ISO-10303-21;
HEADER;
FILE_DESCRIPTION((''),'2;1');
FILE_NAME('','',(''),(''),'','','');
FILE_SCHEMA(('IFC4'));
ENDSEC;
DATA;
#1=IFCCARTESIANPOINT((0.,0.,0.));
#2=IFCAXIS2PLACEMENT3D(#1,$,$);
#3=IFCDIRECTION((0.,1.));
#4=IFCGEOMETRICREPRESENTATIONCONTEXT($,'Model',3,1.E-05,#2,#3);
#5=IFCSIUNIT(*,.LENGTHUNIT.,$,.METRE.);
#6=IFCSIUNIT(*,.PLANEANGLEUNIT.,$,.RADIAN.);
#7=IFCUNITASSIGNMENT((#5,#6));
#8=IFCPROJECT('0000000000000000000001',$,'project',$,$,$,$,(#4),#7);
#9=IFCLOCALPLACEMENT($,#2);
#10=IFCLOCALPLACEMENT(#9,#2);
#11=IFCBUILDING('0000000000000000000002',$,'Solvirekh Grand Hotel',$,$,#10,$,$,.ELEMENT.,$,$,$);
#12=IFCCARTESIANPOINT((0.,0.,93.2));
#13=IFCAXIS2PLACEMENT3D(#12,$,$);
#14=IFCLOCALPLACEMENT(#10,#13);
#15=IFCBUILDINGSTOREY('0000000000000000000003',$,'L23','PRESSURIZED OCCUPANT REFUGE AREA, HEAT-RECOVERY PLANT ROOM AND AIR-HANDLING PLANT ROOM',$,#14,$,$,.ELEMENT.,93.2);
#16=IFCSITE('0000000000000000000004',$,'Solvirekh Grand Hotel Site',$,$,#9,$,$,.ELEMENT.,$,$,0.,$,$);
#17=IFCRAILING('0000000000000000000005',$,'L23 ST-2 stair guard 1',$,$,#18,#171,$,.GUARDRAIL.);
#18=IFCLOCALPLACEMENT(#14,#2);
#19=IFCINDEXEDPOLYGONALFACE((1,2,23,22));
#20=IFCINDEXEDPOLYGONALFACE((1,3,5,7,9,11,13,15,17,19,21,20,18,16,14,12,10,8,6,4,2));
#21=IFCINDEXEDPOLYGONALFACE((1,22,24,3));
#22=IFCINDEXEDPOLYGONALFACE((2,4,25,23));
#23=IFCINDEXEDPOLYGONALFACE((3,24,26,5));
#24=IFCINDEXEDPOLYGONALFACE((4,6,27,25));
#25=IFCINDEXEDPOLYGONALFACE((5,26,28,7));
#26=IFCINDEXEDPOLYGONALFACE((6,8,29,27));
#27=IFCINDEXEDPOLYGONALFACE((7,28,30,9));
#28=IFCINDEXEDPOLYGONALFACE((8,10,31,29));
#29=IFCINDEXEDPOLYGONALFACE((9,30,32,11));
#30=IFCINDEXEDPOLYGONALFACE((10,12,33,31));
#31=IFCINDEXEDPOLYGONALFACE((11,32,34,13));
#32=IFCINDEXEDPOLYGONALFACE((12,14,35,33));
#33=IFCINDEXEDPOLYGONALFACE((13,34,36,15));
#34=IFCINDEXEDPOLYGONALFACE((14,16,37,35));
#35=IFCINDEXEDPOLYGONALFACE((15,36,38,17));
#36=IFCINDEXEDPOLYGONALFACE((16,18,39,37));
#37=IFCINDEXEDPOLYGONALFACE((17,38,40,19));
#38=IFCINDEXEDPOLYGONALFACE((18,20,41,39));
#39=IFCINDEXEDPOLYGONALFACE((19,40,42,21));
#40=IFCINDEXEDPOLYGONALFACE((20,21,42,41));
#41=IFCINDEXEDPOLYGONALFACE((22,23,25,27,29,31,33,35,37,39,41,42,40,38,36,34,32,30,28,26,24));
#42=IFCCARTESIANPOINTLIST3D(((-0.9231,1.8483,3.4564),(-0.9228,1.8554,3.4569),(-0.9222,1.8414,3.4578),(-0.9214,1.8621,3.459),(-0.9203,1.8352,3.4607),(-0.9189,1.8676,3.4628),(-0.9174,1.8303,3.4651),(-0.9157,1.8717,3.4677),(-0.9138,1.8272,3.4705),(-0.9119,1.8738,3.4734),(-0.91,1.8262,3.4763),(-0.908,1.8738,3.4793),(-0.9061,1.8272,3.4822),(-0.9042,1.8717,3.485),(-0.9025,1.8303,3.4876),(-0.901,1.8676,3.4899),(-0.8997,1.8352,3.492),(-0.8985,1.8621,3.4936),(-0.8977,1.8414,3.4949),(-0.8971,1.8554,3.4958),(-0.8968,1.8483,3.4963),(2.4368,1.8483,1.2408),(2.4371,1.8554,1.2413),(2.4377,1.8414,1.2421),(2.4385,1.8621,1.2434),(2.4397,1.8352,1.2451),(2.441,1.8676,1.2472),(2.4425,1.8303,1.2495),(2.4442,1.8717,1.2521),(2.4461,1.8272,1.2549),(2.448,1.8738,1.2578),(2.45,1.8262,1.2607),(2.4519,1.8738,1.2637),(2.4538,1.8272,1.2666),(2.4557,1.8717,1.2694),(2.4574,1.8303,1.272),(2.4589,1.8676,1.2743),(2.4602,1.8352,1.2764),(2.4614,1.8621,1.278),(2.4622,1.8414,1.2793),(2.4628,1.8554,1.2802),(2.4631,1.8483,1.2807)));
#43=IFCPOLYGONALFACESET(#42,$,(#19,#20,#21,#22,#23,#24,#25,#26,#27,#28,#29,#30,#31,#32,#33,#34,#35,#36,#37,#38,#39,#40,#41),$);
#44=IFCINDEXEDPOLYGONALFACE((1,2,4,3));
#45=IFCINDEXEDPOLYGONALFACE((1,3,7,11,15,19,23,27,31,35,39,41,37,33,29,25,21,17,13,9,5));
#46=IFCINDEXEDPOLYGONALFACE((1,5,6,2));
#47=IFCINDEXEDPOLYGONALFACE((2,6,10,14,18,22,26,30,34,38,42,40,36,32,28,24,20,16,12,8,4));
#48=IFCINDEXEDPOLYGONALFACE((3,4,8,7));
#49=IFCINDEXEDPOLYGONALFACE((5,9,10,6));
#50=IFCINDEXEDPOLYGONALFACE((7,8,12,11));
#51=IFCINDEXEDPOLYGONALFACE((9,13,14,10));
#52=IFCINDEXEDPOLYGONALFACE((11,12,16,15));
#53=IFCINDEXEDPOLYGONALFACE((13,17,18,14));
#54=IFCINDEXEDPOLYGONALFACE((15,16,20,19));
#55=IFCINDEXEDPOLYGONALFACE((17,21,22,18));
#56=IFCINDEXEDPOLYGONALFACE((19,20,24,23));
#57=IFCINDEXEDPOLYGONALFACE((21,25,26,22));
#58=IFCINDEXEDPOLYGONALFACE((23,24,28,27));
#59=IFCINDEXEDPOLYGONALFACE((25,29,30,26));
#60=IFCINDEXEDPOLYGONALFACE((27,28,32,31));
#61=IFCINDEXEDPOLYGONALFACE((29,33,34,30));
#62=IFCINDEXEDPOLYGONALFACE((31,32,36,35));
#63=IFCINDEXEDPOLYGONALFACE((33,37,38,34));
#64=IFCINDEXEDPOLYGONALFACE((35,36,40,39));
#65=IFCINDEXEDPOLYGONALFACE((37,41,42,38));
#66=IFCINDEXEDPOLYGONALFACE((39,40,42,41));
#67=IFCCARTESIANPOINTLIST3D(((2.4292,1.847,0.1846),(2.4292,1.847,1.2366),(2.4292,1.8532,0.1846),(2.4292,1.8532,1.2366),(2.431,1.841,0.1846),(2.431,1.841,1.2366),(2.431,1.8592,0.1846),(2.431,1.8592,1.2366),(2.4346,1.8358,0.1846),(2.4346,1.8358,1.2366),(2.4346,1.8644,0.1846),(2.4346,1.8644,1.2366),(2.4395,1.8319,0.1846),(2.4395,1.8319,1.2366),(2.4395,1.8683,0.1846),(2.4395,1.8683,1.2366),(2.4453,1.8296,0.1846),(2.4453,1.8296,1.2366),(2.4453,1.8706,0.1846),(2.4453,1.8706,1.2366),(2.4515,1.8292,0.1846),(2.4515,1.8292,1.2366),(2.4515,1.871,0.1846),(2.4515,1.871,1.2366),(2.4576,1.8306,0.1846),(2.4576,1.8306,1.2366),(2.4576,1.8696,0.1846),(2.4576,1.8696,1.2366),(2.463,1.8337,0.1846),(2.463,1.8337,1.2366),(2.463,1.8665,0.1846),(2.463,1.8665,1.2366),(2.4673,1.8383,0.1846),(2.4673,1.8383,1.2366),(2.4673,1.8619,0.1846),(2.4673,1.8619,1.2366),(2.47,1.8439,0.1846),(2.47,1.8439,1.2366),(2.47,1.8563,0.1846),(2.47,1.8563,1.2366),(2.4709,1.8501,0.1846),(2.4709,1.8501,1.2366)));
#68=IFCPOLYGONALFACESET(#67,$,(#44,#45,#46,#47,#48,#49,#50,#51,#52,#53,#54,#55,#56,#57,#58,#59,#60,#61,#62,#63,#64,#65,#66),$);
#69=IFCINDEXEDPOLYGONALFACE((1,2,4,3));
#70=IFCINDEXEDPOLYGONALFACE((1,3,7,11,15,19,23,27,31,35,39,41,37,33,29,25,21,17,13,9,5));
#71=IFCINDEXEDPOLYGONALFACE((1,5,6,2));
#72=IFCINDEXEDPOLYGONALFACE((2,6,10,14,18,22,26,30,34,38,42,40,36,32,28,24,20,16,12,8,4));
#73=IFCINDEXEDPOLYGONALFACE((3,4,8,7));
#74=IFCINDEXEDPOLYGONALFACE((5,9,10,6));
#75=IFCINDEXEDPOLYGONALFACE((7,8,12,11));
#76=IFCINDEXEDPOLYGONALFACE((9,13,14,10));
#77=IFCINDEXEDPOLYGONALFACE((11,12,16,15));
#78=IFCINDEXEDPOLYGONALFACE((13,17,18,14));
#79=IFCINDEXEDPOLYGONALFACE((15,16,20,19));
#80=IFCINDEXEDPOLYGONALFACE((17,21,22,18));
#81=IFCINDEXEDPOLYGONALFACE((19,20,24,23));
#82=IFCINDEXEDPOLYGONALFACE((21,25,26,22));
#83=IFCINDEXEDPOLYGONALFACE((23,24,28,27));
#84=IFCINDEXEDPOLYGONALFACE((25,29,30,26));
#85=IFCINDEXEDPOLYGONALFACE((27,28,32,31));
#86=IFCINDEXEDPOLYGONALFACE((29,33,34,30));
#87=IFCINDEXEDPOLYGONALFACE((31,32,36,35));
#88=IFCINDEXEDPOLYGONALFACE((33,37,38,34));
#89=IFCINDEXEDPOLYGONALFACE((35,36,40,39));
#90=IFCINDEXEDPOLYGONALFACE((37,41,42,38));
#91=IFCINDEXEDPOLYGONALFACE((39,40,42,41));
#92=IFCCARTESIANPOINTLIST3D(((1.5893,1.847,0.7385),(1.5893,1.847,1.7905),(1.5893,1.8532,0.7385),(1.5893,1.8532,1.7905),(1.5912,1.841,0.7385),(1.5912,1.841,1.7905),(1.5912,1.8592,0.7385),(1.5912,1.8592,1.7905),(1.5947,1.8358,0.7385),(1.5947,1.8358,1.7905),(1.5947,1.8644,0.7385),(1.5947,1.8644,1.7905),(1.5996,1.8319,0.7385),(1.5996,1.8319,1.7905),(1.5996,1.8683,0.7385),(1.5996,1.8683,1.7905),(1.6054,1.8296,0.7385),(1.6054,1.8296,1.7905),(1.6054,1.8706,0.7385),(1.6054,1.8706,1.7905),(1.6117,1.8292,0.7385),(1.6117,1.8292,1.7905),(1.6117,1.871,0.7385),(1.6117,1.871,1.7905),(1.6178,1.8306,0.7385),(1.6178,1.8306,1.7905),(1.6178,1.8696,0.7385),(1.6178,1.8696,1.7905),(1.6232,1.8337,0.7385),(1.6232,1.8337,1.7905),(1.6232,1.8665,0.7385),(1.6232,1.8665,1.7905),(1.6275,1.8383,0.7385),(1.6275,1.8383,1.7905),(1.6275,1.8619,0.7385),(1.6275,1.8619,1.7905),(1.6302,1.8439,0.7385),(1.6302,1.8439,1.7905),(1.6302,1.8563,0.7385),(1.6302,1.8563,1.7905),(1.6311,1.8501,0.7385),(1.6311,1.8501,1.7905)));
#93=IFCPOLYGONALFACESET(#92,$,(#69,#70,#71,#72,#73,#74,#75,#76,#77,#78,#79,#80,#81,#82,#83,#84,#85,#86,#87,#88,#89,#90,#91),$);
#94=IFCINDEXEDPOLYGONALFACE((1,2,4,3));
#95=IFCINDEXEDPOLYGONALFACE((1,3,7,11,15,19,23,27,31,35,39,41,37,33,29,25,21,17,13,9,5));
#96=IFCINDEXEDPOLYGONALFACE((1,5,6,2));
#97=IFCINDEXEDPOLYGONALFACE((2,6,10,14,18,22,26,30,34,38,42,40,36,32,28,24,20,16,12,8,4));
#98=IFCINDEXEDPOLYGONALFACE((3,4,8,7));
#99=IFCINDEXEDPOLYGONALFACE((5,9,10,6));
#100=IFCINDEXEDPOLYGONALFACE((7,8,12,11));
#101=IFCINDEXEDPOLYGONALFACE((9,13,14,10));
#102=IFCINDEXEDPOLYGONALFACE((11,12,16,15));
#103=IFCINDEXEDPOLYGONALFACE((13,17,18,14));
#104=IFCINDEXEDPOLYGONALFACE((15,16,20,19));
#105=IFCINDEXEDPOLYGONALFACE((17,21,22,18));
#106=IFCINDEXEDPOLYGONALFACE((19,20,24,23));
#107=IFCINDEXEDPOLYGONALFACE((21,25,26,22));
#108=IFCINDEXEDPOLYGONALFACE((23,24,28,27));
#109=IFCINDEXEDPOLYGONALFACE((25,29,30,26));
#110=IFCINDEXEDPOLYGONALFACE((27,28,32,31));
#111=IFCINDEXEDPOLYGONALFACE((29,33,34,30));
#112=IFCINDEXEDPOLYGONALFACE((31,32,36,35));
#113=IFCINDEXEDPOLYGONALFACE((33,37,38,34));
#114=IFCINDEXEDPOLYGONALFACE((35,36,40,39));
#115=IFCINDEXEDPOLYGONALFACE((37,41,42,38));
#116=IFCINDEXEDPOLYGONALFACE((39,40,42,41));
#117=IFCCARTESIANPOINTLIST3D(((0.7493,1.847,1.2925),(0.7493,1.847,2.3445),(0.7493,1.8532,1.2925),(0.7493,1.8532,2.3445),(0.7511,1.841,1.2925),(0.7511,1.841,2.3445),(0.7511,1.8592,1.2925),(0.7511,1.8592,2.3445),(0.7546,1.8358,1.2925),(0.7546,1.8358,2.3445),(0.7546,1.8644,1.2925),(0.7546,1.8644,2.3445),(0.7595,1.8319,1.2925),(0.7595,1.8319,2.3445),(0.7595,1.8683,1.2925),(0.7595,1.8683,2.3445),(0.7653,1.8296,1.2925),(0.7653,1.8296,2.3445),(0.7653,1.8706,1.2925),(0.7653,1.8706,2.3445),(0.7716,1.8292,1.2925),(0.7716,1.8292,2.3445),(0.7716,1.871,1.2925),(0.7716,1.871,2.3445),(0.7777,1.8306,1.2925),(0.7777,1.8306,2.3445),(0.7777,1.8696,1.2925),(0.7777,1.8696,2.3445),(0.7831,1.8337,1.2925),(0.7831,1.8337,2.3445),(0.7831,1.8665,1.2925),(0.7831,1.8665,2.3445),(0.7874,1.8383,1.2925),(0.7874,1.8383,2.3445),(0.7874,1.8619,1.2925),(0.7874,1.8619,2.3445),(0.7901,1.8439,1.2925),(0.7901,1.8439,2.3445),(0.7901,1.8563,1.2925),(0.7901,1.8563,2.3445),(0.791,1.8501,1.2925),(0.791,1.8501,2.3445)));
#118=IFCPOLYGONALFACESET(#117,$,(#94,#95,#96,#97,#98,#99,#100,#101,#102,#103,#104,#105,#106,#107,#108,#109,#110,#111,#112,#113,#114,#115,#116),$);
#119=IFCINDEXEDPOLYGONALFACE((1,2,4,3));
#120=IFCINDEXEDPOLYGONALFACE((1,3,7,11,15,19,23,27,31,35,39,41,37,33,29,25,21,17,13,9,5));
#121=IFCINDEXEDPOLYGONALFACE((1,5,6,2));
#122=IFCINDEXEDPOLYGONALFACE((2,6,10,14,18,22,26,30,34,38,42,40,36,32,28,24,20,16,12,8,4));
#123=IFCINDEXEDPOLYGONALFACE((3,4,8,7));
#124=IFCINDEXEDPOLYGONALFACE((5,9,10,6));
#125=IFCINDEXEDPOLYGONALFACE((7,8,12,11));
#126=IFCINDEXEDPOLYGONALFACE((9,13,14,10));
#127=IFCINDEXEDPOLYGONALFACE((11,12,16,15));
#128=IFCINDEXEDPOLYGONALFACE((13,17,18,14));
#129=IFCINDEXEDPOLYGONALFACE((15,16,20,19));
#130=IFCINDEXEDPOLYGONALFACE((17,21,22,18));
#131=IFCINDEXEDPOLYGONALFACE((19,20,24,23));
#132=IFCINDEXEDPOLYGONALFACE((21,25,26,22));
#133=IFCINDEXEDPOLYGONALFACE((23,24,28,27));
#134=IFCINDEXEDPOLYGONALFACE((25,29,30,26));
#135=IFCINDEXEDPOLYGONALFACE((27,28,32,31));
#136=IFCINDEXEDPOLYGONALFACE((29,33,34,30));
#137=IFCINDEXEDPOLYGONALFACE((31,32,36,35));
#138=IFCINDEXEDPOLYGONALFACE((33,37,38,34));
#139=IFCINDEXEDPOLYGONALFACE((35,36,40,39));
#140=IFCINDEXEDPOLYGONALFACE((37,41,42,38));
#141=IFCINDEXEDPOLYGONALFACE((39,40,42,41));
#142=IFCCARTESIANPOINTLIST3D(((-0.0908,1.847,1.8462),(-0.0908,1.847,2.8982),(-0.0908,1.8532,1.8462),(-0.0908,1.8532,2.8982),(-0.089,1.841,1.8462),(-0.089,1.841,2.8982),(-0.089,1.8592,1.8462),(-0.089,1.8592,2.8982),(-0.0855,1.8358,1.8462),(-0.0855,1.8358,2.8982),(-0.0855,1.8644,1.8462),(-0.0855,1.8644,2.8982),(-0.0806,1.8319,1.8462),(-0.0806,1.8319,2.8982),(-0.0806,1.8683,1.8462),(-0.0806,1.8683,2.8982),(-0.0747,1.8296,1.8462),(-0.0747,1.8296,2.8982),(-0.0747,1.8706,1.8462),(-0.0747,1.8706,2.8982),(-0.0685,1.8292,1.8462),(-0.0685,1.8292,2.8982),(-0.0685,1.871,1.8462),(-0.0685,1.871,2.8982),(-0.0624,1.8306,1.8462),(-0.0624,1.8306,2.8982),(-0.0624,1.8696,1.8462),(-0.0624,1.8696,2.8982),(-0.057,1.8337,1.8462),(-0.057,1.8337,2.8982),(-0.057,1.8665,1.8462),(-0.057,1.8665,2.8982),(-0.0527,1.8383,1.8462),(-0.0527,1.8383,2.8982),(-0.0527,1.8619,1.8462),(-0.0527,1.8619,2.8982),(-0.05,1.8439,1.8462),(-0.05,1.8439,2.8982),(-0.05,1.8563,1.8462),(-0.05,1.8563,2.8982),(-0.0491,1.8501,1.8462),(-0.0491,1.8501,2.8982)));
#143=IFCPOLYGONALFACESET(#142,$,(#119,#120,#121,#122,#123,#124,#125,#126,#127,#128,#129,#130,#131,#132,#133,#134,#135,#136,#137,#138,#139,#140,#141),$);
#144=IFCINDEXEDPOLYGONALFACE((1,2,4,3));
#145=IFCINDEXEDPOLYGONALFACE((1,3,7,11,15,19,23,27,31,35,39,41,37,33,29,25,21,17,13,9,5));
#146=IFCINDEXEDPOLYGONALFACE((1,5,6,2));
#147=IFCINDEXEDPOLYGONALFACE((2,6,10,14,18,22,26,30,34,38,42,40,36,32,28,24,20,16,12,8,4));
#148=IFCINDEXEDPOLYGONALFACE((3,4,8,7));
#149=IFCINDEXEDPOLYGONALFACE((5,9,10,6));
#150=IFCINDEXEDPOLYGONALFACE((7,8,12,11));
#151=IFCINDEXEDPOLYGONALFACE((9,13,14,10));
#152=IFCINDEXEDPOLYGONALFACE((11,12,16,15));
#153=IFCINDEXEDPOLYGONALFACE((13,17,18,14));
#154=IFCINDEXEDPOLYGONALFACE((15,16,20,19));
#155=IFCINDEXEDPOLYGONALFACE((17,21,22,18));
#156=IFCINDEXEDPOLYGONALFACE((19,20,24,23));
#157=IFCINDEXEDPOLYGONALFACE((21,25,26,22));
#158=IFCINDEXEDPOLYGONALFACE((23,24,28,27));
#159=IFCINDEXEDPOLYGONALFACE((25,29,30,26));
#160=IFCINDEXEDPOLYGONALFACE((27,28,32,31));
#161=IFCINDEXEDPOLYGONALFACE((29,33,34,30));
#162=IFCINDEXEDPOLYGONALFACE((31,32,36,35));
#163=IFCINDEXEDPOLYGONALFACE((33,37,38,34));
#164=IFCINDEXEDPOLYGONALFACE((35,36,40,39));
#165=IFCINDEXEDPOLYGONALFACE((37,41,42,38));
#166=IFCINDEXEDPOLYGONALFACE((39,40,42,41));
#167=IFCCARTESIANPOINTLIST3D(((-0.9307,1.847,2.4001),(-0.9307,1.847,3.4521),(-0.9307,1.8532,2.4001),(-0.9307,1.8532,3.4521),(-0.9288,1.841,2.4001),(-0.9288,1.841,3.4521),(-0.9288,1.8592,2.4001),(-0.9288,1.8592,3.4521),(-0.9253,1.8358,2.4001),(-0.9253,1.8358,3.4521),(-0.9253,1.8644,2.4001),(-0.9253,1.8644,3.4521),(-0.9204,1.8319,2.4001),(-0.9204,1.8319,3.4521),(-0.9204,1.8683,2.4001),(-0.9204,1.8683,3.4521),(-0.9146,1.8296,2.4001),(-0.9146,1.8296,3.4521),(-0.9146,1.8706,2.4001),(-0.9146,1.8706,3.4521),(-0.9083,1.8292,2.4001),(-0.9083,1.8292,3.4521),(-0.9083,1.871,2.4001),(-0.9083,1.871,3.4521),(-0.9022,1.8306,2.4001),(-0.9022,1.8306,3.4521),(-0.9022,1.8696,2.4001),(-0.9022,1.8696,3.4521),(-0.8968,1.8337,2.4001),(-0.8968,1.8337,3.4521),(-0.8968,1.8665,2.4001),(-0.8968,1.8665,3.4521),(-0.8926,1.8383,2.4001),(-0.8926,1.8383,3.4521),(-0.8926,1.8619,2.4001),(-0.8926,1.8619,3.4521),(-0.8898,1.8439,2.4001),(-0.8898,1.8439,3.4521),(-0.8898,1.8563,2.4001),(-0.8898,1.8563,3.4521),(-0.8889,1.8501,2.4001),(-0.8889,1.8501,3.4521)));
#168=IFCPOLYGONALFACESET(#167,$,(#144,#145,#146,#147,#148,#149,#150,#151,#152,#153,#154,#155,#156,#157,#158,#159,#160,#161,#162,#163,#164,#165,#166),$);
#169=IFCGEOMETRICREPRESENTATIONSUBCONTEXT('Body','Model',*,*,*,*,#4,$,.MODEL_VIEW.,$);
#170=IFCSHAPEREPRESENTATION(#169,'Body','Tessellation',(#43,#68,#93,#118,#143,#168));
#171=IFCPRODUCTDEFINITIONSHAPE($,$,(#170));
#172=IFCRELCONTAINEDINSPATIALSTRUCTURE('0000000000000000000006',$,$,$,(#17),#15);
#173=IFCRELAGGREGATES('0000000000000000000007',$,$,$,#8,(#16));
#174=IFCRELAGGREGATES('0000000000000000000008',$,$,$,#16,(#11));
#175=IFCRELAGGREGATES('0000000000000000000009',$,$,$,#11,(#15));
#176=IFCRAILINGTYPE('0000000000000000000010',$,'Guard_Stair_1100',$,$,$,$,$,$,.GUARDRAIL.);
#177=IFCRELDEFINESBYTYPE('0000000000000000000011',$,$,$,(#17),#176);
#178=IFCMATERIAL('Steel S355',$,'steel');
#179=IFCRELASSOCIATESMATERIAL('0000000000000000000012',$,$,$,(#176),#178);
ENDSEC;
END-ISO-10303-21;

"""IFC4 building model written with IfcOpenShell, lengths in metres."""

from ifc_helpers import new_model, si_unit, direction, frame, origin, origin_2d, place, context, subcontext, project, spatial, circle, extrude, material, type_object, element, save


model = new_model("IFC4")

# Units and contexts
model_context = context("Model", 3, precision=1e-05, world=origin(), true_north=direction((0.0, 1.0)))
body_context = subcontext(model_context, "Body", "Model", "MODEL_VIEW")
ifc_project = project(units=[si_unit("LENGTHUNIT", "METRE"), si_unit("PLANEANGLEUNIT", "RADIAN")], contexts=[model_context])

# Site, building, storey
site_placement = place(None, origin())
site = spatial("IfcSite", under=ifc_project, at=site_placement, Name="Solvirekh Grand Hotel Site", CompositionType="ELEMENT", RefElevation=0.0)
building_placement = place(site_placement, origin())
building = spatial("IfcBuilding", under=site, at=building_placement, Name="Solvirekh Grand Hotel", CompositionType="ELEMENT")
storey_placement = place(building_placement, frame((0.0, 0.0, 93.2)))
storey = spatial("IfcBuildingStorey", under=building, at=storey_placement, Name="L23", Description="PRESSURIZED OCCUPANT REFUGE AREA, HEAT-RECOVERY PLANT ROOM AND AIR-HANDLING PLANT ROOM", CompositionType="ELEMENT", Elevation=93.2)

# Railing
ifc_material_1 = material(Name="Steel S355", Category="steel")
railing_type_1 = type_object("IfcRailingType", Name="Guard_Stair_1100", PredefinedType="GUARDRAIL", material=ifc_material_1)
railing_1_placement = place(storey_placement, frame((2.45, 1.8501, 0.1846)))
element("IfcRailing", 1, at=railing_1_placement, inside=storey, type_object=railing_type_1, Name="L23 ST-2 stair guard 1", PredefinedType="GUARDRAIL", context=body_context, shape_type="SweptSolid", body=[
    extrude(circle(Radius=0.0239, at=origin_2d()), frame((0.0, 0.0, 1.0762), z_axis=(-0.83483, 0.0, 0.550508), x_axis=(0.0, -1.0, 0.0)), (0.0, 0.0, 1.0), 4.0247),
    extrude(circle(Radius=0.021, at=origin_2d()), origin(), (0.0, 0.0, 1.0), 1.052),
    extrude(circle(Radius=0.021, at=origin_2d()), frame((-0.8398, 0.0, 0.554)), (0.0, 0.0, 1.0), 1.052),
    extrude(circle(Radius=0.021, at=origin_2d()), frame((-1.6799, 0.0, 1.1079)), (0.0, 0.0, 1.0), 1.052),
    extrude(circle(Radius=0.021, at=origin_2d()), frame((-2.52, 0.0, 1.6616)), (0.0, 0.0, 1.0), 1.052),
    extrude(circle(Radius=0.021, at=origin_2d()), frame((-3.3599, 0.0, 2.2156)), (0.0, 0.0, 1.0), 1.052),
])

save(model, "model.ifc")
